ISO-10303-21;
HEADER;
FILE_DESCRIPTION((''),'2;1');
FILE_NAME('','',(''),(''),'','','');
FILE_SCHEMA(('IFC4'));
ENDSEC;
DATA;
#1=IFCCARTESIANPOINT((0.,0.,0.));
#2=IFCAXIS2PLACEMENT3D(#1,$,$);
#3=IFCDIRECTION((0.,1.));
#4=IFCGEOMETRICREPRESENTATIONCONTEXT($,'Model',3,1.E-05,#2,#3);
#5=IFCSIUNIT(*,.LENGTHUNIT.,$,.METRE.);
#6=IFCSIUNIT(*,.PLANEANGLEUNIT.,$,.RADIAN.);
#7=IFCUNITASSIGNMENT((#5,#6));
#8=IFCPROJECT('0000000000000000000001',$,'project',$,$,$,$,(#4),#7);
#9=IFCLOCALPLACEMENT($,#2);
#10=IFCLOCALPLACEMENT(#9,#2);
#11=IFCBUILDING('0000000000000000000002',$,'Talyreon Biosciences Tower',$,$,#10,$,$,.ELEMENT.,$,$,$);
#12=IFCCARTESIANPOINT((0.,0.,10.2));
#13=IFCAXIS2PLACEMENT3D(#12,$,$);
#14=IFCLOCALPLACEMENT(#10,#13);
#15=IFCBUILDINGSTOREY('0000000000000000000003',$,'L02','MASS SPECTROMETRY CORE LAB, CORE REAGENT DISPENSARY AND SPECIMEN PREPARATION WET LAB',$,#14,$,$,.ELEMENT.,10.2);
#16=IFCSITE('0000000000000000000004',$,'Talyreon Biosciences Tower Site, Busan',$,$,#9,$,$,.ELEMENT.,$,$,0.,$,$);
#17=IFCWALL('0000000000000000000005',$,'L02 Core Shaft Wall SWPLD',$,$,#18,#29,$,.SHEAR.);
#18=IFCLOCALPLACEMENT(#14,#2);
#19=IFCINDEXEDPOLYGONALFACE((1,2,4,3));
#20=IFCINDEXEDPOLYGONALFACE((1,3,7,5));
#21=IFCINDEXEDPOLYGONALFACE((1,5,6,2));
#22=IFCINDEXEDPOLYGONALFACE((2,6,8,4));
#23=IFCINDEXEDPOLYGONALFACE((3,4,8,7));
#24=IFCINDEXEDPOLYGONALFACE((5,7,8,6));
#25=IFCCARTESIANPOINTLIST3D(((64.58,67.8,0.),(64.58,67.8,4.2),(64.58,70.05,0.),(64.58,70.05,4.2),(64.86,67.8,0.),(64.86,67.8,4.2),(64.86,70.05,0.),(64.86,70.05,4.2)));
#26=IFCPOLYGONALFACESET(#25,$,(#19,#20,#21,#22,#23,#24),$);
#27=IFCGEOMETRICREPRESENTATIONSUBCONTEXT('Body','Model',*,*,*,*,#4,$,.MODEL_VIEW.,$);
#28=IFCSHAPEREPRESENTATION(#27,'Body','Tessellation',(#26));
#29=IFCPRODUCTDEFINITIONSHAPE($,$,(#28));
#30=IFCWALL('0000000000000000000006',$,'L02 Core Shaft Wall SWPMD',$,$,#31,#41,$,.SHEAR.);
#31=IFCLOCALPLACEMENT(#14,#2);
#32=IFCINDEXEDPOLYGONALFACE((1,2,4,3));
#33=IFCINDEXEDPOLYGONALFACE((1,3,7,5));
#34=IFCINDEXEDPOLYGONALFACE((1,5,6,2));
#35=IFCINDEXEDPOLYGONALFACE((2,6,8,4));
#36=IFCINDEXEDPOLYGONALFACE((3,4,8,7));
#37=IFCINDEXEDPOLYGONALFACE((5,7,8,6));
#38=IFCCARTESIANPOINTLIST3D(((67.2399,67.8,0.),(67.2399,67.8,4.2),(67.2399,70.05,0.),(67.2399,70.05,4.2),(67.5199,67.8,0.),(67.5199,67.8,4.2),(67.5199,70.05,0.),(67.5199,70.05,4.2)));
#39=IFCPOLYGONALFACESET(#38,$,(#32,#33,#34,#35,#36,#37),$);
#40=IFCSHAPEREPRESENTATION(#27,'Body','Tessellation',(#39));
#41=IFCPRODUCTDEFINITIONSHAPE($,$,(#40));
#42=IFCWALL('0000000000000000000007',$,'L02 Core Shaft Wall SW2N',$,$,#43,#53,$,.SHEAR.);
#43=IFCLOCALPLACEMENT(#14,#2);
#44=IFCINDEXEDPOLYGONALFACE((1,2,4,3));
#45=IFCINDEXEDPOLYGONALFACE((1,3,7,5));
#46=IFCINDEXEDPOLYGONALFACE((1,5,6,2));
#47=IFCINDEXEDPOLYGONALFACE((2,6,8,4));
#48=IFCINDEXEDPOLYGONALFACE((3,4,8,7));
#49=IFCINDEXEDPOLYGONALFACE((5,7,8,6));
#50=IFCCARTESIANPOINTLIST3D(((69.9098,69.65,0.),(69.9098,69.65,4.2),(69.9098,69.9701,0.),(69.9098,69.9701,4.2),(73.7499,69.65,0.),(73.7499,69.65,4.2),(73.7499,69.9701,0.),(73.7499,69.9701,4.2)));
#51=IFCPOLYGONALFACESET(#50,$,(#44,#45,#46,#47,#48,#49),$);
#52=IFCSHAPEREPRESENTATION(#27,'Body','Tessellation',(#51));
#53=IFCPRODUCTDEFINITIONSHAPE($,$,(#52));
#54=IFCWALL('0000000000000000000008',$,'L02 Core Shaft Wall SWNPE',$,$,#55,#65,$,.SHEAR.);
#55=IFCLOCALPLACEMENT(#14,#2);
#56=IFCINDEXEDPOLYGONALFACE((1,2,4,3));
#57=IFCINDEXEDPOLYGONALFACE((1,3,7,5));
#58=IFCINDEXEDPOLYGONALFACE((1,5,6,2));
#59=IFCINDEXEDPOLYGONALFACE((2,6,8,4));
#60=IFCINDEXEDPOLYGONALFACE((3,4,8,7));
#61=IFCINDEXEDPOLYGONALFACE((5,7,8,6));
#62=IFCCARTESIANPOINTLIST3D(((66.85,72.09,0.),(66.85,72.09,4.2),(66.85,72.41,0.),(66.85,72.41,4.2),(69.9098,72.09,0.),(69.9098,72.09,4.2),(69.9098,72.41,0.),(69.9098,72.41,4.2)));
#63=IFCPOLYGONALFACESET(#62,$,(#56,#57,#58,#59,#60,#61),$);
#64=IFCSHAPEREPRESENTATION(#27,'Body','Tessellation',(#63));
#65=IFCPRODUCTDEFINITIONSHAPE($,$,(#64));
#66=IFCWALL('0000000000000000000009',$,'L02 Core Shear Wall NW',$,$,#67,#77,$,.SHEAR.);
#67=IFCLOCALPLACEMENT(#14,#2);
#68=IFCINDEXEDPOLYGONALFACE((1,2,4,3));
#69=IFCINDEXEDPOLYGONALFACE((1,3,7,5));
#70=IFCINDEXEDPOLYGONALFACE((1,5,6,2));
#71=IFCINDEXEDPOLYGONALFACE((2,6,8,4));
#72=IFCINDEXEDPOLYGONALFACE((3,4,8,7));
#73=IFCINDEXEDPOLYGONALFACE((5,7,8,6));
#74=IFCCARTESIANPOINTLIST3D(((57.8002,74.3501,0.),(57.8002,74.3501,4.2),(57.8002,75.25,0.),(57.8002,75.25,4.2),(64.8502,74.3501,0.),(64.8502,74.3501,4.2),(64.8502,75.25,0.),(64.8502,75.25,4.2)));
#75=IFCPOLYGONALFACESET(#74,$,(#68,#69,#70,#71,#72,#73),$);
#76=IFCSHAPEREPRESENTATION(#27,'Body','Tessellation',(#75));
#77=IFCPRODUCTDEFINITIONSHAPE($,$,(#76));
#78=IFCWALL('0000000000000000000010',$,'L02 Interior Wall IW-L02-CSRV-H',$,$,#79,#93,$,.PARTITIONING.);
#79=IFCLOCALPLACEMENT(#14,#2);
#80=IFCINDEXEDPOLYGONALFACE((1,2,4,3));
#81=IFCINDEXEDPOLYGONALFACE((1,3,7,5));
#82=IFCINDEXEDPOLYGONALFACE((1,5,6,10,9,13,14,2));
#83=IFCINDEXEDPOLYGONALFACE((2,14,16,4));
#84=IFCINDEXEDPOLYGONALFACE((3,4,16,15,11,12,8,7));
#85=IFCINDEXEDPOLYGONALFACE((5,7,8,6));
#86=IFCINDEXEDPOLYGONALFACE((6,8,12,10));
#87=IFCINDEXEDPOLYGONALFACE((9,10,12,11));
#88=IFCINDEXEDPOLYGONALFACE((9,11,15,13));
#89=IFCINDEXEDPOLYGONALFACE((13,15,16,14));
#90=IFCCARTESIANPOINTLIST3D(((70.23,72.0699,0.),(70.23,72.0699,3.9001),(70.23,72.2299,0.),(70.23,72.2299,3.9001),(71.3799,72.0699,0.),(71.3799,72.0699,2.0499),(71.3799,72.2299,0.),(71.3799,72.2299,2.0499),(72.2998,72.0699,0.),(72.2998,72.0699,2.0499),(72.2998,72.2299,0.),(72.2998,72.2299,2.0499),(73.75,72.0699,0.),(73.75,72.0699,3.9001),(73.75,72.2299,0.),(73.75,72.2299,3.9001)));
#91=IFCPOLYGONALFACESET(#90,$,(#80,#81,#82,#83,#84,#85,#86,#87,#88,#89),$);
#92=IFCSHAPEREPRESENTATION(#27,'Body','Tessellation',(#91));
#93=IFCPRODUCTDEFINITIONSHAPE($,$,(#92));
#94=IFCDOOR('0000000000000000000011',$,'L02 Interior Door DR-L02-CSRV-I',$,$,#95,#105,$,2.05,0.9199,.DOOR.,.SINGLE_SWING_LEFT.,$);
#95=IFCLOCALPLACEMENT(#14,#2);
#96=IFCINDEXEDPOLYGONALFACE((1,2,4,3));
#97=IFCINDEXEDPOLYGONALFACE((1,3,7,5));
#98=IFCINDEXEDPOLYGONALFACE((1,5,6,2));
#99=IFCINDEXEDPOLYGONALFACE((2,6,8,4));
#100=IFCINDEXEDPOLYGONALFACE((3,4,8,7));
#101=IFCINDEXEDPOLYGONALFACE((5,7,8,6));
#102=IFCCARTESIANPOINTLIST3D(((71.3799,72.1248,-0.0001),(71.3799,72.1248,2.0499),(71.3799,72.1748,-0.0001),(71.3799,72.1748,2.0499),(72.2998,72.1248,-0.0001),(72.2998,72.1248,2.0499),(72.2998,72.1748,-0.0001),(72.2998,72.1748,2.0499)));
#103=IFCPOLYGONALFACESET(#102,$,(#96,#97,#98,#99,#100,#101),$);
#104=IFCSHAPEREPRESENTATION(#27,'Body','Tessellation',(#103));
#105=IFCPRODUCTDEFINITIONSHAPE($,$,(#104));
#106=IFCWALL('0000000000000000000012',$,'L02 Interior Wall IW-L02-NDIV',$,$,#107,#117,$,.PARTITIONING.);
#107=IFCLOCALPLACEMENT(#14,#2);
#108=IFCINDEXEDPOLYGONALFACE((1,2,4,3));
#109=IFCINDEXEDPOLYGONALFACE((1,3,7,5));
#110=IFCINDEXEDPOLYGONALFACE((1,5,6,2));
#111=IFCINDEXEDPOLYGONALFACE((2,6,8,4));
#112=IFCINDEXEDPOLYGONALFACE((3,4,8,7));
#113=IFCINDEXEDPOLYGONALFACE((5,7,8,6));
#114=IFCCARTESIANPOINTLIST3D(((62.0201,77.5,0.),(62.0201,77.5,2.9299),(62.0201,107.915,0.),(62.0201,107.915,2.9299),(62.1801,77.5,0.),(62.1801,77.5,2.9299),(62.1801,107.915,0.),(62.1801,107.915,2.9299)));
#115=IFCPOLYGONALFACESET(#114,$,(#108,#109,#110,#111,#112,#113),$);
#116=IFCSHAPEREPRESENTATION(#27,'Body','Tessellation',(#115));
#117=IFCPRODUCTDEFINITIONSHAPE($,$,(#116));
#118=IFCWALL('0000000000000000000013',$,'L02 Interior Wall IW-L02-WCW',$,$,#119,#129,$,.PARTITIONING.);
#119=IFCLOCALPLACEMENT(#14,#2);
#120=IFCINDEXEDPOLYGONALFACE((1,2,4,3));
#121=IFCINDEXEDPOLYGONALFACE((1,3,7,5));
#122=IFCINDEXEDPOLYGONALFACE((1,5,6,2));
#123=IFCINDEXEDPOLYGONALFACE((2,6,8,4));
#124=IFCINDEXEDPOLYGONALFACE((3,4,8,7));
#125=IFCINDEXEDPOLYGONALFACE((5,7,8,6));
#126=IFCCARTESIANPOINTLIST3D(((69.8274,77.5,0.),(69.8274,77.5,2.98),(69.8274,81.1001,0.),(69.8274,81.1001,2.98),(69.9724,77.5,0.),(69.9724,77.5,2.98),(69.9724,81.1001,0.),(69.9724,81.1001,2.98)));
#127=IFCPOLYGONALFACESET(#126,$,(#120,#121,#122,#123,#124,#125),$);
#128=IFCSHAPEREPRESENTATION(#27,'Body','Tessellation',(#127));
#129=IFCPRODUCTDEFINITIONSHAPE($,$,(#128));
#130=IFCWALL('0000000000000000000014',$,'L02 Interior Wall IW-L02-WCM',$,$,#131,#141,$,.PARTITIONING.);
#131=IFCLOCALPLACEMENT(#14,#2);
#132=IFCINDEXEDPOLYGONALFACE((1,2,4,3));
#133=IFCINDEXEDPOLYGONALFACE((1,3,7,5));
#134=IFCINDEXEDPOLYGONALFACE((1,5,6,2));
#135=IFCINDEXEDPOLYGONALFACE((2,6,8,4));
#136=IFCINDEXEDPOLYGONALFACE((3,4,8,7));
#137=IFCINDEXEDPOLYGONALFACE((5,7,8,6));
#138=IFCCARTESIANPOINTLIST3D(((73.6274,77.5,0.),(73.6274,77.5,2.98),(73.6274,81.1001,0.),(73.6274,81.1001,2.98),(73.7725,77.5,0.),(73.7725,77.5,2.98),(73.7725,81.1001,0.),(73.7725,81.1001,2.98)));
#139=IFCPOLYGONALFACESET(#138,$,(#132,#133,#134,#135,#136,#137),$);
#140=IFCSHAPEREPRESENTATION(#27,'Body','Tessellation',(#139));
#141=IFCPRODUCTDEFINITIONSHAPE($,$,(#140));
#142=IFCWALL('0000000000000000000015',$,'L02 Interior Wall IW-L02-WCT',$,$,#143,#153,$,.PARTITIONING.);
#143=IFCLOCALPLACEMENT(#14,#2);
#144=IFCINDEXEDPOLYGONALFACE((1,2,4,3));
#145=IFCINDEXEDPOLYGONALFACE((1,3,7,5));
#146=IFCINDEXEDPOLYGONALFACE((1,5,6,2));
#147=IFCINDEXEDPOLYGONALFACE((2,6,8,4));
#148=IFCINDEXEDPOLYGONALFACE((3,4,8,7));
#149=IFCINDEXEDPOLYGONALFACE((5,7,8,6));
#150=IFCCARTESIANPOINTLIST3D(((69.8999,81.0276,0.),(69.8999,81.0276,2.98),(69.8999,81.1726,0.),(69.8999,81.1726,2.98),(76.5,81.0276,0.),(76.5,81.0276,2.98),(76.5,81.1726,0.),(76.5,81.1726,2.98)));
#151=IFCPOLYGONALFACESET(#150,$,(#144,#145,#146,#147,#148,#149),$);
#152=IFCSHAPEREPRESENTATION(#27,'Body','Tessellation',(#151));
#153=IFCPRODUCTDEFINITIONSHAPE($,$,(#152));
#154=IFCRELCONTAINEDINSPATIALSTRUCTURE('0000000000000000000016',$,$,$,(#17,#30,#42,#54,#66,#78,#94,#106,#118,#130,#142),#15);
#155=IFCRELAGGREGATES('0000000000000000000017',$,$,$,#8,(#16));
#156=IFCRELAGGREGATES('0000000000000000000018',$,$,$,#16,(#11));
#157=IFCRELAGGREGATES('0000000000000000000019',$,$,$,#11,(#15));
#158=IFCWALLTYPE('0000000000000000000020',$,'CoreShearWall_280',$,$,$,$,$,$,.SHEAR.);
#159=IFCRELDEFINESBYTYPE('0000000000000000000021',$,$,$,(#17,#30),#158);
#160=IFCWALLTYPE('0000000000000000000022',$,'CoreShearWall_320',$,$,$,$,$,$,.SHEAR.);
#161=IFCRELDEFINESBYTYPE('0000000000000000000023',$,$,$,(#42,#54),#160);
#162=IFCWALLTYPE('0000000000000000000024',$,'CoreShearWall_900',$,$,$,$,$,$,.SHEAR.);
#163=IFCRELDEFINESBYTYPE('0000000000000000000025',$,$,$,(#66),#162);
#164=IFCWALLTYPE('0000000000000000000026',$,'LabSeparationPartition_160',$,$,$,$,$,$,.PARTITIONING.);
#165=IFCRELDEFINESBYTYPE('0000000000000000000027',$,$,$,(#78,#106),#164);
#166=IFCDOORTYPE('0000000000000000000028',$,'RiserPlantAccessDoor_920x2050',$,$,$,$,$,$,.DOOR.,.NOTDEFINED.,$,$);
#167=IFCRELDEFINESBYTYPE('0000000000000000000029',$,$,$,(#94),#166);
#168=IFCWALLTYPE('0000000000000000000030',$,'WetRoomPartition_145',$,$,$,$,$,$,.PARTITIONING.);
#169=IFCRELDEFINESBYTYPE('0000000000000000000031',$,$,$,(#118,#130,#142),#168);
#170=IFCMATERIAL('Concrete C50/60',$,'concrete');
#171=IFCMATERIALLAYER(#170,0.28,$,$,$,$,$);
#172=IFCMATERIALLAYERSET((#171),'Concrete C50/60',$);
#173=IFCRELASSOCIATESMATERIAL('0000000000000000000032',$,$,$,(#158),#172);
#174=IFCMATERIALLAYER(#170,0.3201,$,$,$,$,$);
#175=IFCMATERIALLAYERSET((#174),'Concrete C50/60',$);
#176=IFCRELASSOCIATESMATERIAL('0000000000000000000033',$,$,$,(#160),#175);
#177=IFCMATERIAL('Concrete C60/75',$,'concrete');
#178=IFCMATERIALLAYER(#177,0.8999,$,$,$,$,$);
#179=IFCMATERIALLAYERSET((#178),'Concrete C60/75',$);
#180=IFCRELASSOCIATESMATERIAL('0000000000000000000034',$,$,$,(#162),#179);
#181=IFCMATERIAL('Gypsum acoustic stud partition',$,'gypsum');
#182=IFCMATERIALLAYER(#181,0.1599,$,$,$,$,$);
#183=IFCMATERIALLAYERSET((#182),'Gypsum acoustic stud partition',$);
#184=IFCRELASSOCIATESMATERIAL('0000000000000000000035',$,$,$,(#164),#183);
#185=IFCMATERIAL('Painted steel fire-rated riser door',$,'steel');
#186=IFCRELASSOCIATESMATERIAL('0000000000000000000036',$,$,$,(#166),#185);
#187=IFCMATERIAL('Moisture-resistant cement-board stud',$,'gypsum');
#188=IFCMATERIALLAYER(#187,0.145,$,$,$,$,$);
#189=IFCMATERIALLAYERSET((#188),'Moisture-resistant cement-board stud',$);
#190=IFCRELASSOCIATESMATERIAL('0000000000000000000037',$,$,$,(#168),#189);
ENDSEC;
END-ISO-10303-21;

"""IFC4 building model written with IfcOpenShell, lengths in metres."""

from ifc_helpers import new_model, si_unit, direction, frame, frame_2d, origin, place, context, subcontext, project, spatial, rectangle, extrude, material, layer, layer_set, type_object, element, fill, save


model = new_model("IFC4")

# Units and contexts
model_context = context("Model", 3, precision=1e-05, world=origin(), true_north=direction((0.0, 1.0)))
body_context = subcontext(model_context, "Body", "Model", "MODEL_VIEW")
ifc_project = project(units=[si_unit("LENGTHUNIT", "METRE"), si_unit("PLANEANGLEUNIT", "RADIAN")], contexts=[model_context])

# Site, building, storey
site_placement = place(None, origin())
site = spatial("IfcSite", under=ifc_project, at=site_placement, Name="Talyreon Biosciences Tower Site, Busan", CompositionType="ELEMENT", RefElevation=0.0)
building_placement = place(site_placement, origin())
building = spatial("IfcBuilding", under=site, at=building_placement, Name="Talyreon Biosciences Tower", CompositionType="ELEMENT")
storey_placement = place(building_placement, frame((0.0, 0.0, 10.2)))
storey = spatial("IfcBuildingStorey", under=building, at=storey_placement, Name="L02", Description="MASS SPECTROMETRY CORE LAB, CORE REAGENT DISPENSARY AND SPECIMEN PREPARATION WET LAB", CompositionType="ELEMENT", Elevation=10.2)

# Shared definitions
ifc_material_1 = material(Name="Concrete C60/75", Category="concrete")

# Shared definitions
ifc_material_2 = material(Name="Concrete C50/60", Category="concrete")

# Walls
ifc_layer_1 = layer(ifc_material_2, 0.28)
ifc_layer_set_1 = layer_set([ifc_layer_1], Name="Concrete C50/60")
wall_type_1 = type_object("IfcWallType", Name="CoreShearWall_280", PredefinedType="SHEAR", material=ifc_layer_set_1)
for number, where, z_axis, x_axis, name in (
    (1, (64.72, 67.8, 0.0), (0.0, 0.0, 1.0), (0.0, 1.0, 0.0), "L02 Core Shaft Wall SWPLD"),
    (2, (67.3799, 67.8, 0.0), (0.0, 0.0, 1.0), (0.0, 1.0, 0.0), "L02 Core Shaft Wall SWPMD"),
):
    element("IfcWall", number, at=place(storey_placement, frame(where, z_axis=z_axis, x_axis=x_axis)), inside=storey, type_object=wall_type_1, Name=name, PredefinedType="SHEAR", context=body_context, shape_type="SweptSolid", body=[
        extrude(rectangle(XDim=2.25, YDim=0.28, at=frame_2d((1.125, 0.0))), origin(), (0.0, 0.0, 1.0), 4.2),
    ])
ifc_layer_2 = layer(ifc_material_2, 0.3201)
ifc_layer_set_2 = layer_set([ifc_layer_2], Name="Concrete C50/60")
wall_type_2 = type_object("IfcWallType", Name="CoreShearWall_320", PredefinedType="SHEAR", material=ifc_layer_set_2)
wall_1_placement = place(storey_placement, frame((69.9099, 69.8101, 0.0), z_axis=(0.0, 0.0, 1.0), x_axis=(1.0, 0.0, 0.0)))
element("IfcWall", 3, at=wall_1_placement, inside=storey, type_object=wall_type_2, Name="L02 Core Shaft Wall SW2N", PredefinedType="SHEAR", context=body_context, shape_type="SweptSolid", body=[
    extrude(rectangle(XDim=3.8401, YDim=0.3201, at=frame_2d((1.9199, 0.0))), origin(), (0.0, 0.0, 1.0), 4.2),
])
wall_2_placement = place(storey_placement, frame((66.8501, 72.25, 0.0), z_axis=(0.0, 0.0, 1.0), x_axis=(1.0, 0.0, 0.0)))
element("IfcWall", 4, at=wall_2_placement, inside=storey, type_object=wall_type_2, Name="L02 Core Shaft Wall SWNPE", PredefinedType="SHEAR", context=body_context, shape_type="SweptSolid", body=[
    extrude(rectangle(XDim=3.0598, YDim=0.3201, at=frame_2d((1.5298, 0.0))), origin(), (0.0, 0.0, 1.0), 4.2),
])
ifc_layer_3 = layer(ifc_material_1, 0.8999)
ifc_layer_set_3 = layer_set([ifc_layer_3], Name="Concrete C60/75")
wall_type_3 = type_object("IfcWallType", Name="CoreShearWall_900", PredefinedType="SHEAR", material=ifc_layer_set_3)
wall_3_placement = place(storey_placement, frame((64.8501, 74.8, 0.0), z_axis=(0.0, 0.0, 1.0), x_axis=(-1.0, 0.0, 0.0)))
element("IfcWall", 5, at=wall_3_placement, inside=storey, type_object=wall_type_3, Name="L02 Core Shear Wall NW", PredefinedType="SHEAR", context=body_context, shape_type="SweptSolid", body=[
    extrude(rectangle(XDim=7.05, YDim=0.8999, at=frame_2d((3.5249, 0.0))), origin(), (0.0, 0.0, 1.0), 4.2),
])

# Wall, opening, door
ifc_material_3 = material(Name="Gypsum acoustic stud partition", Category="gypsum")
ifc_layer_4 = layer(ifc_material_3, 0.1599)
ifc_layer_set_4 = layer_set([ifc_layer_4], Name="Gypsum acoustic stud partition")
wall_type_4 = type_object("IfcWallType", Name="LabSeparationPartition_160", PredefinedType="PARTITIONING", material=ifc_layer_set_4)
wall_4_placement = place(storey_placement, frame((70.23, 72.1499, 0.0), z_axis=(0.0, 0.0, 1.0), x_axis=(1.0, 0.0, 0.0)))
wall_4 = element("IfcWall", 6, at=wall_4_placement, inside=storey, type_object=wall_type_4, Name="L02 Interior Wall IW-L02-CSRV-H", PredefinedType="PARTITIONING", context=body_context, shape_type="SweptSolid", body=[
    extrude(rectangle(XDim=3.52, YDim=0.1599, at=frame_2d((1.76, 0.0))), origin(), (0.0, 0.0, 1.0), 3.9001),
])
opening_placement = place(wall_4_placement, frame((1.1499, 0.0, 0.0)))
opening = element("IfcOpeningElement", 7, at=opening_placement, cuts=wall_4, PredefinedType="OPENING", context=body_context, shape_type="SweptSolid", body=[
    extrude(rectangle(XDim=0.9199, YDim=2.05, at=frame_2d((0.46, 1.0249))), frame((0.0, 0.0898, 0.0), z_axis=(0.0, -1.0, 0.0), x_axis=(1.0, 0.0, 0.0)), (0.0, 0.0, 1.0), 0.1799),
])
ifc_material_4 = material(Name="Painted steel fire-rated riser door", Category="steel")
door_type = type_object("IfcDoorType", Name="RiserPlantAccessDoor_920x2050", OperationType="NOTDEFINED", PredefinedType="DOOR", material=ifc_material_4)
door_placement = place(opening_placement, origin())
door = element("IfcDoor", 8, at=door_placement, inside=storey, type_object=door_type, Name="L02 Interior Door DR-L02-CSRV-I", OperationType="SINGLE_SWING_LEFT", OverallHeight=2.05, OverallWidth=0.9199, PredefinedType="DOOR", context=body_context, shape_type="SweptSolid", body=[
    extrude(rectangle(XDim=0.9199, YDim=2.05, at=frame_2d((0.46, 1.0249))), frame((0.0, 0.0249, 0.0), z_axis=(0.0, -1.0, 0.0), x_axis=(1.0, 0.0, 0.0)), (0.0, 0.0, 1.0), 0.05),
])
fill(opening, door)

# Walls
wall_5_placement = place(storey_placement, frame((62.1001, 77.5, 0.0), z_axis=(0.0, 0.0, 1.0), x_axis=(0.0, 1.0, 0.0)))
element("IfcWall", 9, at=wall_5_placement, inside=storey, type_object=wall_type_4, Name="L02 Interior Wall IW-L02-NDIV", PredefinedType="PARTITIONING", context=body_context, shape_type="SweptSolid", body=[
    extrude(rectangle(XDim=30.415, YDim=0.1599, at=frame_2d((15.2075, 0.0))), origin(), (0.0, 0.0, 1.0), 2.9299),
])
ifc_material_5 = material(Name="Moisture-resistant cement-board stud", Category="gypsum")
ifc_layer_5 = layer(ifc_material_5, 0.145)
ifc_layer_set_5 = layer_set([ifc_layer_5], Name="Moisture-resistant cement-board stud")
wall_type_5 = type_object("IfcWallType", Name="WetRoomPartition_145", PredefinedType="PARTITIONING", material=ifc_layer_set_5)
for number, where, z_axis, x_axis, name in (
    (10, (69.8999, 77.5, 0.0), (0.0, 0.0, 1.0), (0.0, 1.0, 0.0), "L02 Interior Wall IW-L02-WCW"),
    (11, (73.7, 77.5, 0.0), (0.0, 0.0, 1.0), (0.0, 1.0, 0.0), "L02 Interior Wall IW-L02-WCM"),
):
    element("IfcWall", number, at=place(storey_placement, frame(where, z_axis=z_axis, x_axis=x_axis)), inside=storey, type_object=wall_type_5, Name=name, PredefinedType="PARTITIONING", context=body_context, shape_type="SweptSolid", body=[
        extrude(rectangle(XDim=3.6001, YDim=0.145, at=frame_2d((1.8, 0.0))), origin(), (0.0, 0.0, 1.0), 2.98),
    ])
wall_6_placement = place(storey_placement, frame((69.8999, 81.1001, 0.0), z_axis=(0.0, 0.0, 1.0), x_axis=(1.0, 0.0, 0.0)))
element("IfcWall", 12, at=wall_6_placement, inside=storey, type_object=wall_type_5, Name="L02 Interior Wall IW-L02-WCT", PredefinedType="PARTITIONING", context=body_context, shape_type="SweptSolid", body=[
    extrude(rectangle(XDim=6.6001, YDim=0.145, at=frame_2d((3.3, 0.0))), origin(), (0.0, 0.0, 1.0), 2.98),
])

save(model, "model.ifc")
